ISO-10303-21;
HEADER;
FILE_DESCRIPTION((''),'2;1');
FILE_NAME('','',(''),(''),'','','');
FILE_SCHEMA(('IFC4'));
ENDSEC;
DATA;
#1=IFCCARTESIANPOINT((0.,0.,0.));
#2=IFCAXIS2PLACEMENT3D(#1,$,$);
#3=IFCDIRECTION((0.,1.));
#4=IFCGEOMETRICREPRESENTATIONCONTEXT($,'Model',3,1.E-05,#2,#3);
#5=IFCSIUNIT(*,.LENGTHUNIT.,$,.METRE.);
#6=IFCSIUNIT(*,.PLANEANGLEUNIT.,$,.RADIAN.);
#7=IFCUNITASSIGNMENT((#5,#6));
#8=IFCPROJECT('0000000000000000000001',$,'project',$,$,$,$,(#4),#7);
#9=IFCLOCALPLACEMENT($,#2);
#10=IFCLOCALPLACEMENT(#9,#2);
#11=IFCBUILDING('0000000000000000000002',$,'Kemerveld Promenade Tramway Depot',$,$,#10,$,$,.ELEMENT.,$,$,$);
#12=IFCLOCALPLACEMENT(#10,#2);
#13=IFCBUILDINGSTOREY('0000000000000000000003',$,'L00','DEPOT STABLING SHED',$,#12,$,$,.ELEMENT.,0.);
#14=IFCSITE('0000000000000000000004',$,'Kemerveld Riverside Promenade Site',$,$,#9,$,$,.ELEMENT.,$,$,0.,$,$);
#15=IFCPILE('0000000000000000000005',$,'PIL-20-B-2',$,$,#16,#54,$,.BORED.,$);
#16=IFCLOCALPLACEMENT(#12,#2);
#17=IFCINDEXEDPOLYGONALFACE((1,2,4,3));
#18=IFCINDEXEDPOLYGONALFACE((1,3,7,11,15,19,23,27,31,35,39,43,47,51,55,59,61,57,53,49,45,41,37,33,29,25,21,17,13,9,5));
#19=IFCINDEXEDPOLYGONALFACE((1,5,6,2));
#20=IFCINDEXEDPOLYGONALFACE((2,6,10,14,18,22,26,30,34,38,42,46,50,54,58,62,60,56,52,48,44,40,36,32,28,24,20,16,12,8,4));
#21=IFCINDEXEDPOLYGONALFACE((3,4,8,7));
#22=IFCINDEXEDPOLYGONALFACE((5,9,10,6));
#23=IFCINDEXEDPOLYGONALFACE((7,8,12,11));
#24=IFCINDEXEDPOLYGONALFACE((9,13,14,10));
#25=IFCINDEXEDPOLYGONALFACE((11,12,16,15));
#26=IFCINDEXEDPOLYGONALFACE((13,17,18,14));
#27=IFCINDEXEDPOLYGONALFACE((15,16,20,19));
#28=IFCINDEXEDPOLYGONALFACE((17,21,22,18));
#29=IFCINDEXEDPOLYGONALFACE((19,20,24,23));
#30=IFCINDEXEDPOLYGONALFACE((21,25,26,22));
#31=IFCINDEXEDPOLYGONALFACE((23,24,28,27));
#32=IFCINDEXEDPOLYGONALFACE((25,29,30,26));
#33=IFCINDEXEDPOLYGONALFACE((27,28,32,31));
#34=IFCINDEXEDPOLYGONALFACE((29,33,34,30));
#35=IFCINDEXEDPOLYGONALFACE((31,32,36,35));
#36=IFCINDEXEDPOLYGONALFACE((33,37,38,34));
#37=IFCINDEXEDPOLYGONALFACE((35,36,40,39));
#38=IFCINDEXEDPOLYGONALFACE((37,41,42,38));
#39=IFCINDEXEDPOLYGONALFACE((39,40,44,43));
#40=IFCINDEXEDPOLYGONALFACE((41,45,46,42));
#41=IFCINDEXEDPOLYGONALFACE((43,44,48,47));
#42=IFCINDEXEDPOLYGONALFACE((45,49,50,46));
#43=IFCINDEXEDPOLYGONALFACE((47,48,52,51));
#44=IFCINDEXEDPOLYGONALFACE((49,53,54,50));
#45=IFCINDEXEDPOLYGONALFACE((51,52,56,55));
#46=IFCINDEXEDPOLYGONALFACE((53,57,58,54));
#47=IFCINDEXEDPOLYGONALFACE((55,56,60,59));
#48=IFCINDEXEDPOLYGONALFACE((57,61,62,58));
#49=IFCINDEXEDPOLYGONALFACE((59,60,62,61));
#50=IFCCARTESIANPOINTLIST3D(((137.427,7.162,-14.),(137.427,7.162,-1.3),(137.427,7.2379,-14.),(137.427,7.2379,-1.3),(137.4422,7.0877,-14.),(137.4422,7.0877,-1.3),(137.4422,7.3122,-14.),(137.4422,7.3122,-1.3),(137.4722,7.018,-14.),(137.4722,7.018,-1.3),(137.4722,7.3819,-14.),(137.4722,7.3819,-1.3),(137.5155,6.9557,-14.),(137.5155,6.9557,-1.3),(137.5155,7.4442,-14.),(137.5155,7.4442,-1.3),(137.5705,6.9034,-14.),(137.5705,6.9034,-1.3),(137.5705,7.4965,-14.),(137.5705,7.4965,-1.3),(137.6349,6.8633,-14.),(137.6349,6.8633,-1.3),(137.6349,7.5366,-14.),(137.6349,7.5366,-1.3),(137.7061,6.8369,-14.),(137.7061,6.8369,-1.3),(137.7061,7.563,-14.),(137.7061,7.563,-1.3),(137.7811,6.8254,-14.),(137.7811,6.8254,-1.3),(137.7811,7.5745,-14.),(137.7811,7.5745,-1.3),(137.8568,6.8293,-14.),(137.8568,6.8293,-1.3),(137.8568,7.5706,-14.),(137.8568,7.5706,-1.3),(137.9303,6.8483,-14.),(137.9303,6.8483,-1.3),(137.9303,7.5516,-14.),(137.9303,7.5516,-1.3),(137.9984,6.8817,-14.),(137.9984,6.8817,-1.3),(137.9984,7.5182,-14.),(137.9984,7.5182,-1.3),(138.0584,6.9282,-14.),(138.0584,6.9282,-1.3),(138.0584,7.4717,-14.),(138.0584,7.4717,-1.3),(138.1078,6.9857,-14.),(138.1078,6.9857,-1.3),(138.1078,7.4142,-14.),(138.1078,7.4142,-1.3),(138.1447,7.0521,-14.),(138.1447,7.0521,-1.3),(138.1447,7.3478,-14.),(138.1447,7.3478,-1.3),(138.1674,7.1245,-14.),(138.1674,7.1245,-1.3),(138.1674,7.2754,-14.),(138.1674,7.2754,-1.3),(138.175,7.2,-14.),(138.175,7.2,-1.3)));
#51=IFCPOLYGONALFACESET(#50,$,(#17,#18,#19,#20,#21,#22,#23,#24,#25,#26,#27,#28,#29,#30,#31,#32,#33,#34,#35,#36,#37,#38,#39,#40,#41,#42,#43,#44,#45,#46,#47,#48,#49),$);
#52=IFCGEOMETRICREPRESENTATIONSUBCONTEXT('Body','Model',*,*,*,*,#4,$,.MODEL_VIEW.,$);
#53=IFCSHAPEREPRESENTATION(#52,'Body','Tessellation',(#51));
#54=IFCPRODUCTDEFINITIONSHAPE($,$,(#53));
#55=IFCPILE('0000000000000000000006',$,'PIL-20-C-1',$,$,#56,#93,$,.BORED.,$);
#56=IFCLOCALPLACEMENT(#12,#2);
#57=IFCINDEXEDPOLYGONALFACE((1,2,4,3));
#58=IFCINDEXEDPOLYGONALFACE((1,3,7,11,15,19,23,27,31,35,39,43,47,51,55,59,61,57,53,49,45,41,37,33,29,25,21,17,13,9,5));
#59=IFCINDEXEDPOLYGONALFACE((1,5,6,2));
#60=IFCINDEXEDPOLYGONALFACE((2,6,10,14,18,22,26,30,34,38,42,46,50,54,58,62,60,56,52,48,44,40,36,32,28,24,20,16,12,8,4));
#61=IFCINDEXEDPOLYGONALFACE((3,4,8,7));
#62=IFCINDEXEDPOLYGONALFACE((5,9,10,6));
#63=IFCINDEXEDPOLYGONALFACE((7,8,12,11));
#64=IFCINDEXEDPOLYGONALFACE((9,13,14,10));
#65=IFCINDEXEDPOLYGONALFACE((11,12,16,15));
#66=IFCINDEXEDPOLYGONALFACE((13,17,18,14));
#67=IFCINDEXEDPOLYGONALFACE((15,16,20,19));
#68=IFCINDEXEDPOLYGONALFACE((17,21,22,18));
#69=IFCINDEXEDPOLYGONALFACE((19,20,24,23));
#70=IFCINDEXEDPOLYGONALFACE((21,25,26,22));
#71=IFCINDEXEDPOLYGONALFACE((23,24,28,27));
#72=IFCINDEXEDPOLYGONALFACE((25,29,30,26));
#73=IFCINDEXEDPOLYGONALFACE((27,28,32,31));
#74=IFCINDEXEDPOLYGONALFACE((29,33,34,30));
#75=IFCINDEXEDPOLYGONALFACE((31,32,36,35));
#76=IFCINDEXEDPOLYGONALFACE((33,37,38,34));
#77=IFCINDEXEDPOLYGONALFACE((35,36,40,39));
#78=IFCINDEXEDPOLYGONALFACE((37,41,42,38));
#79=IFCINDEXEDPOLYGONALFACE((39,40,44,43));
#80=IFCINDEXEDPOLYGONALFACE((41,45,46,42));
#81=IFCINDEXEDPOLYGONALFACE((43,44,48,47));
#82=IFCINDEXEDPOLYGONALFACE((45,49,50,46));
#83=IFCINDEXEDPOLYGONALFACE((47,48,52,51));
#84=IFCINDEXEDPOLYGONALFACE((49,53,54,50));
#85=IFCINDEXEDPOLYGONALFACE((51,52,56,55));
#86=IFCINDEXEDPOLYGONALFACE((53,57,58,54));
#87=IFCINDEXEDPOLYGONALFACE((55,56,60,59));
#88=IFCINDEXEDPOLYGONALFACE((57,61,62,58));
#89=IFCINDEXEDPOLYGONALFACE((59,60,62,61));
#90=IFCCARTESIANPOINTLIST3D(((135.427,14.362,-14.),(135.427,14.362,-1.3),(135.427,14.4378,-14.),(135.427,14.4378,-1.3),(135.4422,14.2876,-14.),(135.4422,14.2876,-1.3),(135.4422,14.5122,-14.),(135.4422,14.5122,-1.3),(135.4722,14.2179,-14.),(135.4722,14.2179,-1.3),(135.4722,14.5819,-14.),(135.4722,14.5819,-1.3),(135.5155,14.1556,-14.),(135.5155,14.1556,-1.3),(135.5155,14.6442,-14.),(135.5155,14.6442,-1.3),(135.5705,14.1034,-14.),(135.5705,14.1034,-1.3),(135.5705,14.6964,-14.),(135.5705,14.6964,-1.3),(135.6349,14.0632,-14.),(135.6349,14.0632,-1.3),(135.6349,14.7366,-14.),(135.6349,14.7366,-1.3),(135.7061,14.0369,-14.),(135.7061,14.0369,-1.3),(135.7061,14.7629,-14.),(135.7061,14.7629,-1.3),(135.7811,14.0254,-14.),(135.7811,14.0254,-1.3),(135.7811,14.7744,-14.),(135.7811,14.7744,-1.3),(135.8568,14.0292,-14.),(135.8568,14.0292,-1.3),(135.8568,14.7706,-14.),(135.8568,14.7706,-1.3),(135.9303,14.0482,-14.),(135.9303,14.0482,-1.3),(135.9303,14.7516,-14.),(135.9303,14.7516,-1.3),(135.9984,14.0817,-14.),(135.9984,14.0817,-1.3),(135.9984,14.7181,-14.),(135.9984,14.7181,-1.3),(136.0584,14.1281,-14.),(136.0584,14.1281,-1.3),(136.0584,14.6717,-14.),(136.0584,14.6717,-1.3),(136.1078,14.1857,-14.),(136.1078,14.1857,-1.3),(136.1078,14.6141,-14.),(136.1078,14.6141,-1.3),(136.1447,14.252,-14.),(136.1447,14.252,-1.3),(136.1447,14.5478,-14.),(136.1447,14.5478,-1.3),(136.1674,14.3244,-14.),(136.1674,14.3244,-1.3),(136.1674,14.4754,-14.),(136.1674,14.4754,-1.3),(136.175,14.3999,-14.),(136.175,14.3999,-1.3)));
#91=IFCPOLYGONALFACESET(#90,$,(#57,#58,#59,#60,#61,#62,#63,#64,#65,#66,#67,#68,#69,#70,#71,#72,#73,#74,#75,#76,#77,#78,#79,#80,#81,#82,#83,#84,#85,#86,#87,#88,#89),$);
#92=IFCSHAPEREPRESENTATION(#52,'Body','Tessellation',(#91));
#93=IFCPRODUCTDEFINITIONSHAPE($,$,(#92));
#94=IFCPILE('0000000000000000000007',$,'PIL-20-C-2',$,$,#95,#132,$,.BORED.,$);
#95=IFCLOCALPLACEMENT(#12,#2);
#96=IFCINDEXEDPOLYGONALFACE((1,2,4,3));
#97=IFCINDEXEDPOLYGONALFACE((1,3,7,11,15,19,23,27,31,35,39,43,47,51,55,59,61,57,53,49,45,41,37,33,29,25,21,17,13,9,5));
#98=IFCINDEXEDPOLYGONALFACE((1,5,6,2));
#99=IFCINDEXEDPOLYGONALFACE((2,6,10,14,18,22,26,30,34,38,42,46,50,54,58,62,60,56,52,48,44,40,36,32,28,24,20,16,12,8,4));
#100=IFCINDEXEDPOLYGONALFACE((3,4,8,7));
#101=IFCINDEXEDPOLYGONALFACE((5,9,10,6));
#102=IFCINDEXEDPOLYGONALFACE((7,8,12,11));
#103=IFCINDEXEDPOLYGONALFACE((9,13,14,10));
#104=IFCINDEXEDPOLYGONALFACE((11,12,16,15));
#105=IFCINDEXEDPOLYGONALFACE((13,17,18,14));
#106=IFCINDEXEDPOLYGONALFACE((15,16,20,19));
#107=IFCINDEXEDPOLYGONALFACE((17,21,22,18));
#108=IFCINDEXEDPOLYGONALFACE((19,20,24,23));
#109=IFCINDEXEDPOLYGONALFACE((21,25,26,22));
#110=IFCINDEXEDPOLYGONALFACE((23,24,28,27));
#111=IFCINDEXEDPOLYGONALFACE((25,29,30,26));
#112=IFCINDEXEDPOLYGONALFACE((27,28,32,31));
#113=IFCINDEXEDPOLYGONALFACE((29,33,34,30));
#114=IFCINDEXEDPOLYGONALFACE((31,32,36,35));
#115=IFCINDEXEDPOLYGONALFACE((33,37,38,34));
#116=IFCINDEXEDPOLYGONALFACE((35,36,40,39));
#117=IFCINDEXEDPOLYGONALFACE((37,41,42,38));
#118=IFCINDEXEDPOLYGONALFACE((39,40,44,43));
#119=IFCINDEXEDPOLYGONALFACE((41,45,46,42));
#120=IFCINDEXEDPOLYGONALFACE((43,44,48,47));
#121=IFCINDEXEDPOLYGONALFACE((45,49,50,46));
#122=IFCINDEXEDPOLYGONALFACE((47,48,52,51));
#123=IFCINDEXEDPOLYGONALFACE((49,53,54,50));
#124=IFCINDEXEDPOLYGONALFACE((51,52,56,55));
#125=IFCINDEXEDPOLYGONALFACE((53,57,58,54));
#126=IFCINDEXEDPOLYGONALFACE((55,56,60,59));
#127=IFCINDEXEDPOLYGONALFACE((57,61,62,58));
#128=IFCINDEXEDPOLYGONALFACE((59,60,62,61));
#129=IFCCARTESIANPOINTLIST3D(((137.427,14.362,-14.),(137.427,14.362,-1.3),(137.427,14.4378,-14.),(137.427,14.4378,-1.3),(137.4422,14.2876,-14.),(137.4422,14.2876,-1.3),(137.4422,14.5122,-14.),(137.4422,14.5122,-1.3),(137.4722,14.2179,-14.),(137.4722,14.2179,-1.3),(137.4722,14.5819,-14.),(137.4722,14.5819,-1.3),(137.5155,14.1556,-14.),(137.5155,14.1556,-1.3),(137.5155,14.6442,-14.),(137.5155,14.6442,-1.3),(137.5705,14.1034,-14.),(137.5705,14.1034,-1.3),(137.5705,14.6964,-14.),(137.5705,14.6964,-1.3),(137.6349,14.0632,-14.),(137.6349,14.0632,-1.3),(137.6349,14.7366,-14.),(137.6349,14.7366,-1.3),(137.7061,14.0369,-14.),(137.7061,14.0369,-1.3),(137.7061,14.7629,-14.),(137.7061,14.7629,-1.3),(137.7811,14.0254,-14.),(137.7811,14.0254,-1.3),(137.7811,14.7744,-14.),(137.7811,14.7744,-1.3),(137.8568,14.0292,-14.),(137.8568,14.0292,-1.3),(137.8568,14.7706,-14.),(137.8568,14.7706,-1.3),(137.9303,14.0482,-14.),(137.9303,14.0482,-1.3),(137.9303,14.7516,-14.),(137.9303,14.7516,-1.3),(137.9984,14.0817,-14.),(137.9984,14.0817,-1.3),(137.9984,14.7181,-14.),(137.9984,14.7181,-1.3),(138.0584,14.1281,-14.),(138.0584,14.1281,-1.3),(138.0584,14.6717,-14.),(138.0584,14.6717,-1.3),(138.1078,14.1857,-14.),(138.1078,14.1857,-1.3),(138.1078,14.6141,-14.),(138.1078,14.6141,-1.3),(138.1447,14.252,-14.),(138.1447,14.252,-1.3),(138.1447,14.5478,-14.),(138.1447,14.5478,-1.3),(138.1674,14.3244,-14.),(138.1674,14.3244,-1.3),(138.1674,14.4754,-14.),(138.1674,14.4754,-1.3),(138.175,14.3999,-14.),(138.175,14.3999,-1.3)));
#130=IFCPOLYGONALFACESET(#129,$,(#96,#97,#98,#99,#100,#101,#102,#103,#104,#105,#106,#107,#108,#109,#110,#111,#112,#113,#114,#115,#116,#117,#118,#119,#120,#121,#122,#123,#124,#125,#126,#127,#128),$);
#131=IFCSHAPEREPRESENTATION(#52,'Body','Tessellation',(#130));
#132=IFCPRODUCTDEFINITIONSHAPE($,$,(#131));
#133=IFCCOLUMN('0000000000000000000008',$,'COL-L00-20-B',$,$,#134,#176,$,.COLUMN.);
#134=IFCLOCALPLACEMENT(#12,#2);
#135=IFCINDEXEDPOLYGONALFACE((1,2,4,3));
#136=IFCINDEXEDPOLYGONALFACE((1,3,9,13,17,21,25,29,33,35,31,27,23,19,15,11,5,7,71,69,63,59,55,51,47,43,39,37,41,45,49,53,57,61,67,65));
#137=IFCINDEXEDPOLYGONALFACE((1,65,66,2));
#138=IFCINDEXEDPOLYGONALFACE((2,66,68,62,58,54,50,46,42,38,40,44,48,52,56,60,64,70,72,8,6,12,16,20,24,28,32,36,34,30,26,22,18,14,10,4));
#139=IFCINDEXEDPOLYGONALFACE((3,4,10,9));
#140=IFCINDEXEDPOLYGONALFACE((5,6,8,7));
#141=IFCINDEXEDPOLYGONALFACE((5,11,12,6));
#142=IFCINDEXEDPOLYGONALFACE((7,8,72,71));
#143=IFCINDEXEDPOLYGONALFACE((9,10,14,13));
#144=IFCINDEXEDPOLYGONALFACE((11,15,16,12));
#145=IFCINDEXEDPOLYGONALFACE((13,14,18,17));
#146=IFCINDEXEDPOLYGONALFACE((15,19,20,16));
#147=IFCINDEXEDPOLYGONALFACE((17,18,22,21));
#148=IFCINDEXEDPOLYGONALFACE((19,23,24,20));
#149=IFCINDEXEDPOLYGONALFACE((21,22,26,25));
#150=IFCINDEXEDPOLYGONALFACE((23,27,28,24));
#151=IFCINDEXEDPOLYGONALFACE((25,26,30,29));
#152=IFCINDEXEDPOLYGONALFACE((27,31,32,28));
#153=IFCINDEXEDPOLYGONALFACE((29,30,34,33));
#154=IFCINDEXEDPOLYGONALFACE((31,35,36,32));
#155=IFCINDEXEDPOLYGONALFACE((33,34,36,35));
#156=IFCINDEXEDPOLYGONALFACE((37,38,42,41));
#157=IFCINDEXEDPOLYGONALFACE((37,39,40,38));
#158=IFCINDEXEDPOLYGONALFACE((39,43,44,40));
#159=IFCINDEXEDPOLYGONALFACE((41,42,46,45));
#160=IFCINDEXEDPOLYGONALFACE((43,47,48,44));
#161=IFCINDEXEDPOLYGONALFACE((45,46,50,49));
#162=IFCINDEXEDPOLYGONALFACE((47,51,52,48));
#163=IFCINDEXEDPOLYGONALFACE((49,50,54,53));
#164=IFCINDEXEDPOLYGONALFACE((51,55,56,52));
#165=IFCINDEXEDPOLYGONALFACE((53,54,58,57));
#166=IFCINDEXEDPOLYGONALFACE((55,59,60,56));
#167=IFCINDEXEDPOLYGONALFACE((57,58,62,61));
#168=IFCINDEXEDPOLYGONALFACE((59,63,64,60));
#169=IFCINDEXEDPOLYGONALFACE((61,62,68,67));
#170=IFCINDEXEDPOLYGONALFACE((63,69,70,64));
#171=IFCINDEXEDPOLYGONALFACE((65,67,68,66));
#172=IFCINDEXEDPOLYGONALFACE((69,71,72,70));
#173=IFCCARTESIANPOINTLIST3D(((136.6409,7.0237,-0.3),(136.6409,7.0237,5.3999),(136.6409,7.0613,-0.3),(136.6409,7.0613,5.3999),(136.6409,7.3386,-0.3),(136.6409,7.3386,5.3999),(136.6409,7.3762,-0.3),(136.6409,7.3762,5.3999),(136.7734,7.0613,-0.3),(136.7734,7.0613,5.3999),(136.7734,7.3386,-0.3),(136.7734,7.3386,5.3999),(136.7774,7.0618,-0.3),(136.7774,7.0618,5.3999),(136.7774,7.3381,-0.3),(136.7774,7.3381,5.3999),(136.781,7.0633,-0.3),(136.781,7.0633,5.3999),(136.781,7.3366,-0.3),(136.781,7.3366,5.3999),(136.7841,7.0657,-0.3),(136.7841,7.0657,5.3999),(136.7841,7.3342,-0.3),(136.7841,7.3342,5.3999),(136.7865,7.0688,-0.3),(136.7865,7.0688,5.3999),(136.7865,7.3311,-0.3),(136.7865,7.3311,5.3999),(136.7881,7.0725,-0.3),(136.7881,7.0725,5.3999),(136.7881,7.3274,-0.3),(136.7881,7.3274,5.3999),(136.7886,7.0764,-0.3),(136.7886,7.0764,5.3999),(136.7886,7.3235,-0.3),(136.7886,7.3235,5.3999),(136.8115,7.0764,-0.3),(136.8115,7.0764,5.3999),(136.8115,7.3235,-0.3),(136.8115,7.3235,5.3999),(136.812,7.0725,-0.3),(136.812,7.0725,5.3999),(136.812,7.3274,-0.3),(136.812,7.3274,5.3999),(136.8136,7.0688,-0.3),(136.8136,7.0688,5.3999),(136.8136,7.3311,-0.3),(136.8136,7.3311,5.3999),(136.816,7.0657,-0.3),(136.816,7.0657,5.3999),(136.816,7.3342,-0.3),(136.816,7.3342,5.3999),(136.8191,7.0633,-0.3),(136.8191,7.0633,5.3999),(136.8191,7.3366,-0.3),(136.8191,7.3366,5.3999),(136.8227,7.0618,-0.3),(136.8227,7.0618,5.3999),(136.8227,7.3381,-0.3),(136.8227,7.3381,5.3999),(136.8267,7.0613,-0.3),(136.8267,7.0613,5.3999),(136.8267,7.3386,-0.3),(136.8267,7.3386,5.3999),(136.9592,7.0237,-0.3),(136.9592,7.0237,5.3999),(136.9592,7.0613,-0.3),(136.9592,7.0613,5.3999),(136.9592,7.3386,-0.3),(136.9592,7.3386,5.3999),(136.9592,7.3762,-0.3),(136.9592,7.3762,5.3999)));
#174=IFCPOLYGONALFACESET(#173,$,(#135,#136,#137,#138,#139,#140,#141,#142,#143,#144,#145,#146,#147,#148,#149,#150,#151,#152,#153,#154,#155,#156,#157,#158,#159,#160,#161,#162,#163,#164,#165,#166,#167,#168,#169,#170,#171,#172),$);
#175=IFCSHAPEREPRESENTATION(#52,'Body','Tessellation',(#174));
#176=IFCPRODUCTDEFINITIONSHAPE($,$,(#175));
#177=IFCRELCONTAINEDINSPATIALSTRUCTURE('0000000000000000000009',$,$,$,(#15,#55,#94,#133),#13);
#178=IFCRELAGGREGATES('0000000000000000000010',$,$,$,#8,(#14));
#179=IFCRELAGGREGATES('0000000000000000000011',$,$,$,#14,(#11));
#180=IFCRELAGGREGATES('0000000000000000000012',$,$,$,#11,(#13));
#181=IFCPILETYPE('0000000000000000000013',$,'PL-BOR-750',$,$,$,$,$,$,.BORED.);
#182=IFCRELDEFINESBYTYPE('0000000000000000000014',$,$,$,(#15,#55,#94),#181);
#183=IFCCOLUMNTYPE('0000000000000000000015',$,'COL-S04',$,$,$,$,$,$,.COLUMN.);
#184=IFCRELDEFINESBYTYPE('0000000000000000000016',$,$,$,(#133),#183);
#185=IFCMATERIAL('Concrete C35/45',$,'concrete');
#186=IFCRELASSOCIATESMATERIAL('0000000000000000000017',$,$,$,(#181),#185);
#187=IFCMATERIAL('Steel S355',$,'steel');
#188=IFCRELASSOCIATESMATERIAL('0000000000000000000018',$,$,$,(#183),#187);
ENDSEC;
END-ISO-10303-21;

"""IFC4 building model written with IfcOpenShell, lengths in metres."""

from ifc_helpers import new_model, si_unit, direction, frame, origin, origin_2d, place, context, subcontext, project, spatial, circle, i_section, extrude, material, material_profile, profile_set, type_object, element, save


model = new_model("IFC4")

# Units and contexts
model_context = context("Model", 3, precision=1e-05, world=origin(), true_north=direction((0.0, 1.0)))
body_context = subcontext(model_context, "Body", "Model", "MODEL_VIEW")
ifc_project = project(units=[si_unit("LENGTHUNIT", "METRE"), si_unit("PLANEANGLEUNIT", "RADIAN")], contexts=[model_context])

# Site, building, storey
site_placement = place(None, origin())
site = spatial("IfcSite", under=ifc_project, at=site_placement, Name="Kemerveld Riverside Promenade Site", CompositionType="ELEMENT", RefElevation=0.0)
building_placement = place(site_placement, origin())
building = spatial("IfcBuilding", under=site, at=building_placement, Name="Kemerveld Promenade Tramway Depot", CompositionType="ELEMENT")
storey_placement = place(building_placement, origin())
storey = spatial("IfcBuildingStorey", under=building, at=storey_placement, Name="L00", Description="DEPOT STABLING SHED", CompositionType="ELEMENT", Elevation=0.0)

# Shared definitions
ifc_material_1 = material(Name="Concrete C35/45", Category="concrete")

# Piles
ifc_material_profile_1 = material_profile(ifc_material_1, circle(Radius=0.375, at=origin_2d()), Name="PILE-D750")
ifc_profile_set_1 = profile_set([ifc_material_profile_1], Name="Concrete C35/45")
pile_type_1 = type_object("IfcPileType", Name="PL-BOR-750", PredefinedType="BORED", material=ifc_profile_set_1)
for number, where, z_axis, x_axis, name in (
    (1, (137.8, 7.2, -1.3), (0.0, 0.0, -1.0), (1.0, 0.0, 0.0), "PIL-20-B-2"),
    (2, (135.8, 14.3999, -1.3), (0.0, 0.0, -1.0), (1.0, 0.0, 0.0), "PIL-20-C-1"),
    (3, (137.8, 14.3999, -1.3), (0.0, 0.0, -1.0), (1.0, 0.0, 0.0), "PIL-20-C-2"),
):
    element("IfcPile", number, at=place(storey_placement, frame(where, z_axis=z_axis, x_axis=x_axis)), inside=storey, type_object=pile_type_1, Name=name, PredefinedType="BORED", context=body_context, shape_type="SweptSolid", body=[
        extrude(circle(Radius=0.375, at=origin_2d()), origin(), (0.0, 0.0, 1.0), 12.7),
    ])

# Column
ifc_material_2 = material(Name="Steel S355", Category="steel")
ifc_material_profile_2 = material_profile(ifc_material_2, i_section(OverallWidth=0.3184, OverallDepth=0.3525, WebThickness=0.0229, FlangeThickness=0.0376, FilletRadius=0.0151, at=origin_2d()), Name="305x305x240 UC")
ifc_profile_set_2 = profile_set([ifc_material_profile_2], Name="Steel S355")
column_type = type_object("IfcColumnType", Name="COL-S04", PredefinedType="COLUMN", material=ifc_profile_set_2)
for number, where, z_axis, x_axis, name in (
    (4, (136.8, 7.2, -0.3), (0.0, 0.0, 1.0), (1.0, 0.0, 0.0), "COL-L00-20-B"),
):
    element("IfcColumn", number, at=place(storey_placement, frame(where, z_axis=z_axis, x_axis=x_axis)), inside=storey, type_object=column_type, Name=name, PredefinedType="COLUMN", context=body_context, shape_type="SweptSolid", body=[
        extrude(i_section(OverallWidth=0.3184, OverallDepth=0.3525, WebThickness=0.0229, FlangeThickness=0.0376, FilletRadius=0.0151, at=origin_2d()), origin(), (0.0, 0.0, 1.0), 5.7),
    ])

save(model, "model.ifc")
